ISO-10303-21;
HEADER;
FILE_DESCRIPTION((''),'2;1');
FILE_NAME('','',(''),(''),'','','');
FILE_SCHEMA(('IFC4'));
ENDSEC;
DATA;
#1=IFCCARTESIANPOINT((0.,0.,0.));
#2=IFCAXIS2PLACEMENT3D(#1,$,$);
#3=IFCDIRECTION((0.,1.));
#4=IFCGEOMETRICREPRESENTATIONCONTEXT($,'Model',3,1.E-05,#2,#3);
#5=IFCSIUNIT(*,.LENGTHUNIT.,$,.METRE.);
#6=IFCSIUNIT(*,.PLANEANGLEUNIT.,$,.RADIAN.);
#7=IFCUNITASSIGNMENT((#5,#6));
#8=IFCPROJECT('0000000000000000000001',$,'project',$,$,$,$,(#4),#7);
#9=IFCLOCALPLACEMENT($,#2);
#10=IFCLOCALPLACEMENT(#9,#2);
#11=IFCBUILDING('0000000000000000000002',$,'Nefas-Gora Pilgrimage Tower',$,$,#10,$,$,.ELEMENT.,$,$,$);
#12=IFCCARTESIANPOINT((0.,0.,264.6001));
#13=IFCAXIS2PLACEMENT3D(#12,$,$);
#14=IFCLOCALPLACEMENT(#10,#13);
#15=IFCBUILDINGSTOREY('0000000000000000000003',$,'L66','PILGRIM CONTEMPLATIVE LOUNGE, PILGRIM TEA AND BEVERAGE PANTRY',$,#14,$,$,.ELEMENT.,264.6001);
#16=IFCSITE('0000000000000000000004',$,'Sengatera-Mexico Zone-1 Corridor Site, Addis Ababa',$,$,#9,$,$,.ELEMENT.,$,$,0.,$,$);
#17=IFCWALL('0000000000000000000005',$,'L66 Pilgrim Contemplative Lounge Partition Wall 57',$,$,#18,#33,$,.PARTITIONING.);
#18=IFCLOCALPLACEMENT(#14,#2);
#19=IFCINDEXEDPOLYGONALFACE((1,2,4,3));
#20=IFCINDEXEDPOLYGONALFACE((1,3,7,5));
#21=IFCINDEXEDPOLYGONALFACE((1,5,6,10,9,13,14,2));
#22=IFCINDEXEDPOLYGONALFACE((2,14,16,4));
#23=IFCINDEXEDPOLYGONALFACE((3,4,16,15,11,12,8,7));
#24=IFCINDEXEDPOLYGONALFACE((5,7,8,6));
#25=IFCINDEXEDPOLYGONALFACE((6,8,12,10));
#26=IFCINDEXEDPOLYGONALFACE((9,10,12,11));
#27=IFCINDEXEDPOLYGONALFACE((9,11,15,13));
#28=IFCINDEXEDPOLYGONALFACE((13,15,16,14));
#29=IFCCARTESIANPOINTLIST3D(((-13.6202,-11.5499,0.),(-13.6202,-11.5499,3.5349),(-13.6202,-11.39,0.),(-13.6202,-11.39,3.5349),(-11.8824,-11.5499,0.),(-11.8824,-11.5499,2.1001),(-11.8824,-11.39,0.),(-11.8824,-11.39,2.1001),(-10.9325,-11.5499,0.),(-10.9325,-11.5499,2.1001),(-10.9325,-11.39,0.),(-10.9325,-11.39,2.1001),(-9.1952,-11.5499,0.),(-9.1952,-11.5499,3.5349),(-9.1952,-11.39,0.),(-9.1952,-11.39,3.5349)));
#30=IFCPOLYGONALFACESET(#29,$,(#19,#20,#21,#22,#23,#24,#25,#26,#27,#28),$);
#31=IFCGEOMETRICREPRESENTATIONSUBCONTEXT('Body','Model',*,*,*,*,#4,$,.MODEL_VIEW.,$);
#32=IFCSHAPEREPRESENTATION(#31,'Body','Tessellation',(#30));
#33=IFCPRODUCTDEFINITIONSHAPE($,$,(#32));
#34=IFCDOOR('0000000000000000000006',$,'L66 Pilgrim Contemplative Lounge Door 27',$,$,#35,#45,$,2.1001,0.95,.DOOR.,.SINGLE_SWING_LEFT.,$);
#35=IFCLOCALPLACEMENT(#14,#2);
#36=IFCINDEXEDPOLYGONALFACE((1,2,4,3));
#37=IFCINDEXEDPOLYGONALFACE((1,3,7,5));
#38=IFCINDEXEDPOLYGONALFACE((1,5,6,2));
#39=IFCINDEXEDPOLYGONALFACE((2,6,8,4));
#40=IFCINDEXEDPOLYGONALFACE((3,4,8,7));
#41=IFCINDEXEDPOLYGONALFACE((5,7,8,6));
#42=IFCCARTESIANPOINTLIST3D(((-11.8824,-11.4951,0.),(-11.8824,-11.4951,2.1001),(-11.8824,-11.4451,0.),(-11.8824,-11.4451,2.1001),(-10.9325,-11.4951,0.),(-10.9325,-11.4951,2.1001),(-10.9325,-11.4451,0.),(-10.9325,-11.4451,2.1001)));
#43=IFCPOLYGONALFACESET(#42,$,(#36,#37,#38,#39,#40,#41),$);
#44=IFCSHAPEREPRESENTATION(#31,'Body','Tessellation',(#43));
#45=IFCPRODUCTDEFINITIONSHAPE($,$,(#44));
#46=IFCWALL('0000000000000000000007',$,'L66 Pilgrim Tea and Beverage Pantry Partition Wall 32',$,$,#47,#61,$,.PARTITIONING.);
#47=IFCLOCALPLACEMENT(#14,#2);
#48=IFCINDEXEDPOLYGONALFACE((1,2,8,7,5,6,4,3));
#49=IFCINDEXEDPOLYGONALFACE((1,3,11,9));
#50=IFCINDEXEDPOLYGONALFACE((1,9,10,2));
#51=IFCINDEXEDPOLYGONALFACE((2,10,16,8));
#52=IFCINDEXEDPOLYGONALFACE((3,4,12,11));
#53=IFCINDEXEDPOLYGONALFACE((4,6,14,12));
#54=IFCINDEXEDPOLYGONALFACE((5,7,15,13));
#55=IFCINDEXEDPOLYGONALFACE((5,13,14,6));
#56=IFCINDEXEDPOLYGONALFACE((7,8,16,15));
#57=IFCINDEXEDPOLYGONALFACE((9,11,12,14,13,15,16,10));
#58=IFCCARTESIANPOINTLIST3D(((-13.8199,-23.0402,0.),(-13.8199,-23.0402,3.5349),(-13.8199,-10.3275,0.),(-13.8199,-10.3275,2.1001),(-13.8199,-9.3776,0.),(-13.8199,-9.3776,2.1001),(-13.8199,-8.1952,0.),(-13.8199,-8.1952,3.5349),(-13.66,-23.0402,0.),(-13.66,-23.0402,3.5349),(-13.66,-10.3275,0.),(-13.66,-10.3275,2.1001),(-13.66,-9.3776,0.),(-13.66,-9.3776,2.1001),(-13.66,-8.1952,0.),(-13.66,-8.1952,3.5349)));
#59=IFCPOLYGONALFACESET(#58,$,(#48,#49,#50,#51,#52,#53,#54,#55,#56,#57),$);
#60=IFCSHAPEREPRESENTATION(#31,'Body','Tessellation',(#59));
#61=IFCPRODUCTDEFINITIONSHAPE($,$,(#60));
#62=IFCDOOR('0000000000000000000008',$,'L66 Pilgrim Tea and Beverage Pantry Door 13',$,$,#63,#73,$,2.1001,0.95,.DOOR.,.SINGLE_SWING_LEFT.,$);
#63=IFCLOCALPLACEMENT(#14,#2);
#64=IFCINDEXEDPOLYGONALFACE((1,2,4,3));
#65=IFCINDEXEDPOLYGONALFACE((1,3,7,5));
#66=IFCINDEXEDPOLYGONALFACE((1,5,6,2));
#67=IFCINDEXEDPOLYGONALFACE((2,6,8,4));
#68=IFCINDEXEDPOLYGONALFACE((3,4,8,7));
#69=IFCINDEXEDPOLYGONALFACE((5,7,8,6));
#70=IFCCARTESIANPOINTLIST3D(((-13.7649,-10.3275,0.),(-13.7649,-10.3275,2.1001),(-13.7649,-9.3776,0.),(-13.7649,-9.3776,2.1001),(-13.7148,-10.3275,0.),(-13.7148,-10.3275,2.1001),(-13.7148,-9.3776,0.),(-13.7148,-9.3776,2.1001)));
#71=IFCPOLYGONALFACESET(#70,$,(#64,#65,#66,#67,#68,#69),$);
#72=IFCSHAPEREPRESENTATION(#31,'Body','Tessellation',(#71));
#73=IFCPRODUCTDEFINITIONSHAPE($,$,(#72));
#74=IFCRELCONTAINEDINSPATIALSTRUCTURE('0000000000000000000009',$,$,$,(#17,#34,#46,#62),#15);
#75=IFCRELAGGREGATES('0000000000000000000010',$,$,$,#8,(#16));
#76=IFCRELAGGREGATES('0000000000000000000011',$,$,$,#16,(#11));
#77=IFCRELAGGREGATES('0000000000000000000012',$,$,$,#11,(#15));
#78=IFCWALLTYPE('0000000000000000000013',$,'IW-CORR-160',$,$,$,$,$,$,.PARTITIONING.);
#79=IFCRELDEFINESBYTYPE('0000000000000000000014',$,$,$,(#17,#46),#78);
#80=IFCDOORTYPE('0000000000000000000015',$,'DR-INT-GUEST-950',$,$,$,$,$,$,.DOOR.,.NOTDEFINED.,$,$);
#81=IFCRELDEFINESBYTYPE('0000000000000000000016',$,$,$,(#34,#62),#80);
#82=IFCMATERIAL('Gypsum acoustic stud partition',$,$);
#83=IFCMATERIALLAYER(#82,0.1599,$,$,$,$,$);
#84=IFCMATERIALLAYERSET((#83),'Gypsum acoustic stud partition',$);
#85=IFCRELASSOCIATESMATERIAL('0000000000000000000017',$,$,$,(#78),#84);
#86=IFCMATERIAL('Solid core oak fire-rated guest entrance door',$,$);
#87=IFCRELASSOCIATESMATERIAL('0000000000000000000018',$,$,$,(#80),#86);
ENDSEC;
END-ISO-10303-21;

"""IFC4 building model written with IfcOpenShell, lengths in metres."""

from ifc_helpers import new_model, si_unit, direction, frame, frame_2d, origin, place, context, subcontext, project, spatial, rectangle, extrude, source, transform, mapped, material, layer, layer_set, type_object, element, fill, save


model = new_model("IFC4")

# Units and contexts
model_context = context("Model", 3, precision=1e-05, world=origin(), true_north=direction((0.0, 1.0)))
body_context = subcontext(model_context, "Body", "Model", "MODEL_VIEW")
ifc_project = project(units=[si_unit("LENGTHUNIT", "METRE"), si_unit("PLANEANGLEUNIT", "RADIAN")], contexts=[model_context])

# Site, building, storey
site_placement = place(None, origin())
site = spatial("IfcSite", under=ifc_project, at=site_placement, Name="Sengatera-Mexico Zone-1 Corridor Site, Addis Ababa", CompositionType="ELEMENT", RefElevation=0.0)
building_placement = place(site_placement, origin())
building = spatial("IfcBuilding", under=site, at=building_placement, Name="Nefas-Gora Pilgrimage Tower", CompositionType="ELEMENT")
storey_placement = place(building_placement, frame((0.0, 0.0, 264.6001)))
storey = spatial("IfcBuildingStorey", under=building, at=storey_placement, Name="L66", Description="PILGRIM CONTEMPLATIVE LOUNGE, PILGRIM TEA AND BEVERAGE PANTRY", CompositionType="ELEMENT", Elevation=264.6001)

# Walls, openings, doors
ifc_material_1 = material(Name="Gypsum acoustic stud partition")
ifc_layer_1 = layer(ifc_material_1, 0.1599)
ifc_layer_set_1 = layer_set([ifc_layer_1], Name="Gypsum acoustic stud partition")
wall_type_1 = type_object("IfcWallType", Name="IW-CORR-160", PredefinedType="PARTITIONING", material=ifc_layer_set_1)
shared_shape_1 = source(origin(), body_context, "Body", "SweptSolid", [
    extrude(rectangle(XDim=4.425, YDim=0.1599, at=frame_2d((2.2124, 0.0))), origin(), (0.0, 0.0, 1.0), 3.5349),
])
wall_1_placement = place(storey_placement, frame((-13.6201, -11.47, 0.0), z_axis=(0.0, 0.0, 1.0), x_axis=(1.0, 0.0, 0.0)))
wall_1 = element("IfcWall", 1, at=wall_1_placement, inside=storey, type_object=wall_type_1, Name="L66 Pilgrim Contemplative Lounge Partition Wall 57", PredefinedType="PARTITIONING", context=body_context, shape_type="MappedRepresentation", body=[
    mapped(shared_shape_1, transform((0.0, 0.0, 0.0), x_axis=(1.0, 0.0, 0.0), y_axis=(0.0, 1.0, 0.0), z_axis=(0.0, 0.0, 1.0), scale=1.0)),
])
opening_1_placement = place(wall_1_placement, frame((1.7375, 0.0, 0.0)))
opening_1 = element("IfcOpeningElement", 2, at=opening_1_placement, cuts=wall_1, PredefinedType="OPENING", context=body_context, shape_type="SweptSolid", body=[
    extrude(rectangle(XDim=0.95, YDim=2.1001, at=frame_2d((0.4751, 1.05))), frame((0.0, 0.0898, 0.0), z_axis=(0.0, -1.0, 0.0), x_axis=(1.0, 0.0, 0.0)), (0.0, 0.0, 1.0), 0.1799),
])
ifc_material_2 = material(Name="Solid core oak fire-rated guest entrance door")
door_type = type_object("IfcDoorType", Name="DR-INT-GUEST-950", OperationType="NOTDEFINED", PredefinedType="DOOR", material=ifc_material_2)
shared_shape_2 = source(origin(), body_context, "Body", "SweptSolid", [
    extrude(rectangle(XDim=0.95, YDim=2.1001, at=frame_2d((0.4751, 1.05))), frame((0.0, 0.0249, 0.0), z_axis=(0.0, -1.0, 0.0), x_axis=(1.0, 0.0, 0.0)), (0.0, 0.0, 1.0), 0.05),
])
door_1_placement = place(opening_1_placement, origin())
door_1 = element("IfcDoor", 3, at=door_1_placement, inside=storey, type_object=door_type, Name="L66 Pilgrim Contemplative Lounge Door 27", OperationType="SINGLE_SWING_LEFT", OverallHeight=2.1001, OverallWidth=0.95, PredefinedType="DOOR", context=body_context, shape_type="MappedRepresentation", body=[
    mapped(shared_shape_2, transform((0.0, 0.0, 0.0), x_axis=(1.0, 0.0, 0.0), y_axis=(0.0, 1.0, 0.0), z_axis=(0.0, 0.0, 1.0), scale=1.0)),
])
fill(opening_1, door_1)
shared_shape_3 = source(origin(), body_context, "Body", "SweptSolid", [
    extrude(rectangle(XDim=14.845, YDim=0.1599, at=frame_2d((7.4224, 0.0))), origin(), (0.0, 0.0, 1.0), 3.5349),
])
wall_2_placement = place(storey_placement, frame((-13.74, -23.04, 0.0), z_axis=(0.0, 0.0, 1.0), x_axis=(0.0, 1.0, 0.0)))
wall_2 = element("IfcWall", 4, at=wall_2_placement, inside=storey, type_object=wall_type_1, Name="L66 Pilgrim Tea and Beverage Pantry Partition Wall 32", PredefinedType="PARTITIONING", context=body_context, shape_type="MappedRepresentation", body=[
    mapped(shared_shape_3, transform((0.0, 0.0, 0.0), x_axis=(1.0, 0.0, 0.0), y_axis=(0.0, 1.0, 0.0), z_axis=(0.0, 0.0, 1.0), scale=1.0)),
])
opening_2_placement = place(wall_2_placement, frame((12.7124, 0.0, 0.0)))
opening_2 = element("IfcOpeningElement", 5, at=opening_2_placement, cuts=wall_2, PredefinedType="OPENING", context=body_context, shape_type="SweptSolid", body=[
    extrude(rectangle(XDim=0.95, YDim=2.1001, at=frame_2d((0.4751, 1.05))), frame((0.0, 0.0898, 0.0), z_axis=(0.0, -1.0, 0.0), x_axis=(1.0, 0.0, 0.0)), (0.0, 0.0, 1.0), 0.1799),
])
door_2_placement = place(opening_2_placement, origin())
door_2 = element("IfcDoor", 6, at=door_2_placement, inside=storey, type_object=door_type, Name="L66 Pilgrim Tea and Beverage Pantry Door 13", OperationType="SINGLE_SWING_LEFT", OverallHeight=2.1001, OverallWidth=0.95, PredefinedType="DOOR", context=body_context, shape_type="MappedRepresentation", body=[
    mapped(shared_shape_2, transform((0.0, 0.0, 0.0), x_axis=(1.0, 0.0, 0.0), y_axis=(0.0, 1.0, 0.0), z_axis=(0.0, 0.0, 1.0), scale=1.0)),
])
fill(opening_2, door_2)

save(model, "model.ifc")
